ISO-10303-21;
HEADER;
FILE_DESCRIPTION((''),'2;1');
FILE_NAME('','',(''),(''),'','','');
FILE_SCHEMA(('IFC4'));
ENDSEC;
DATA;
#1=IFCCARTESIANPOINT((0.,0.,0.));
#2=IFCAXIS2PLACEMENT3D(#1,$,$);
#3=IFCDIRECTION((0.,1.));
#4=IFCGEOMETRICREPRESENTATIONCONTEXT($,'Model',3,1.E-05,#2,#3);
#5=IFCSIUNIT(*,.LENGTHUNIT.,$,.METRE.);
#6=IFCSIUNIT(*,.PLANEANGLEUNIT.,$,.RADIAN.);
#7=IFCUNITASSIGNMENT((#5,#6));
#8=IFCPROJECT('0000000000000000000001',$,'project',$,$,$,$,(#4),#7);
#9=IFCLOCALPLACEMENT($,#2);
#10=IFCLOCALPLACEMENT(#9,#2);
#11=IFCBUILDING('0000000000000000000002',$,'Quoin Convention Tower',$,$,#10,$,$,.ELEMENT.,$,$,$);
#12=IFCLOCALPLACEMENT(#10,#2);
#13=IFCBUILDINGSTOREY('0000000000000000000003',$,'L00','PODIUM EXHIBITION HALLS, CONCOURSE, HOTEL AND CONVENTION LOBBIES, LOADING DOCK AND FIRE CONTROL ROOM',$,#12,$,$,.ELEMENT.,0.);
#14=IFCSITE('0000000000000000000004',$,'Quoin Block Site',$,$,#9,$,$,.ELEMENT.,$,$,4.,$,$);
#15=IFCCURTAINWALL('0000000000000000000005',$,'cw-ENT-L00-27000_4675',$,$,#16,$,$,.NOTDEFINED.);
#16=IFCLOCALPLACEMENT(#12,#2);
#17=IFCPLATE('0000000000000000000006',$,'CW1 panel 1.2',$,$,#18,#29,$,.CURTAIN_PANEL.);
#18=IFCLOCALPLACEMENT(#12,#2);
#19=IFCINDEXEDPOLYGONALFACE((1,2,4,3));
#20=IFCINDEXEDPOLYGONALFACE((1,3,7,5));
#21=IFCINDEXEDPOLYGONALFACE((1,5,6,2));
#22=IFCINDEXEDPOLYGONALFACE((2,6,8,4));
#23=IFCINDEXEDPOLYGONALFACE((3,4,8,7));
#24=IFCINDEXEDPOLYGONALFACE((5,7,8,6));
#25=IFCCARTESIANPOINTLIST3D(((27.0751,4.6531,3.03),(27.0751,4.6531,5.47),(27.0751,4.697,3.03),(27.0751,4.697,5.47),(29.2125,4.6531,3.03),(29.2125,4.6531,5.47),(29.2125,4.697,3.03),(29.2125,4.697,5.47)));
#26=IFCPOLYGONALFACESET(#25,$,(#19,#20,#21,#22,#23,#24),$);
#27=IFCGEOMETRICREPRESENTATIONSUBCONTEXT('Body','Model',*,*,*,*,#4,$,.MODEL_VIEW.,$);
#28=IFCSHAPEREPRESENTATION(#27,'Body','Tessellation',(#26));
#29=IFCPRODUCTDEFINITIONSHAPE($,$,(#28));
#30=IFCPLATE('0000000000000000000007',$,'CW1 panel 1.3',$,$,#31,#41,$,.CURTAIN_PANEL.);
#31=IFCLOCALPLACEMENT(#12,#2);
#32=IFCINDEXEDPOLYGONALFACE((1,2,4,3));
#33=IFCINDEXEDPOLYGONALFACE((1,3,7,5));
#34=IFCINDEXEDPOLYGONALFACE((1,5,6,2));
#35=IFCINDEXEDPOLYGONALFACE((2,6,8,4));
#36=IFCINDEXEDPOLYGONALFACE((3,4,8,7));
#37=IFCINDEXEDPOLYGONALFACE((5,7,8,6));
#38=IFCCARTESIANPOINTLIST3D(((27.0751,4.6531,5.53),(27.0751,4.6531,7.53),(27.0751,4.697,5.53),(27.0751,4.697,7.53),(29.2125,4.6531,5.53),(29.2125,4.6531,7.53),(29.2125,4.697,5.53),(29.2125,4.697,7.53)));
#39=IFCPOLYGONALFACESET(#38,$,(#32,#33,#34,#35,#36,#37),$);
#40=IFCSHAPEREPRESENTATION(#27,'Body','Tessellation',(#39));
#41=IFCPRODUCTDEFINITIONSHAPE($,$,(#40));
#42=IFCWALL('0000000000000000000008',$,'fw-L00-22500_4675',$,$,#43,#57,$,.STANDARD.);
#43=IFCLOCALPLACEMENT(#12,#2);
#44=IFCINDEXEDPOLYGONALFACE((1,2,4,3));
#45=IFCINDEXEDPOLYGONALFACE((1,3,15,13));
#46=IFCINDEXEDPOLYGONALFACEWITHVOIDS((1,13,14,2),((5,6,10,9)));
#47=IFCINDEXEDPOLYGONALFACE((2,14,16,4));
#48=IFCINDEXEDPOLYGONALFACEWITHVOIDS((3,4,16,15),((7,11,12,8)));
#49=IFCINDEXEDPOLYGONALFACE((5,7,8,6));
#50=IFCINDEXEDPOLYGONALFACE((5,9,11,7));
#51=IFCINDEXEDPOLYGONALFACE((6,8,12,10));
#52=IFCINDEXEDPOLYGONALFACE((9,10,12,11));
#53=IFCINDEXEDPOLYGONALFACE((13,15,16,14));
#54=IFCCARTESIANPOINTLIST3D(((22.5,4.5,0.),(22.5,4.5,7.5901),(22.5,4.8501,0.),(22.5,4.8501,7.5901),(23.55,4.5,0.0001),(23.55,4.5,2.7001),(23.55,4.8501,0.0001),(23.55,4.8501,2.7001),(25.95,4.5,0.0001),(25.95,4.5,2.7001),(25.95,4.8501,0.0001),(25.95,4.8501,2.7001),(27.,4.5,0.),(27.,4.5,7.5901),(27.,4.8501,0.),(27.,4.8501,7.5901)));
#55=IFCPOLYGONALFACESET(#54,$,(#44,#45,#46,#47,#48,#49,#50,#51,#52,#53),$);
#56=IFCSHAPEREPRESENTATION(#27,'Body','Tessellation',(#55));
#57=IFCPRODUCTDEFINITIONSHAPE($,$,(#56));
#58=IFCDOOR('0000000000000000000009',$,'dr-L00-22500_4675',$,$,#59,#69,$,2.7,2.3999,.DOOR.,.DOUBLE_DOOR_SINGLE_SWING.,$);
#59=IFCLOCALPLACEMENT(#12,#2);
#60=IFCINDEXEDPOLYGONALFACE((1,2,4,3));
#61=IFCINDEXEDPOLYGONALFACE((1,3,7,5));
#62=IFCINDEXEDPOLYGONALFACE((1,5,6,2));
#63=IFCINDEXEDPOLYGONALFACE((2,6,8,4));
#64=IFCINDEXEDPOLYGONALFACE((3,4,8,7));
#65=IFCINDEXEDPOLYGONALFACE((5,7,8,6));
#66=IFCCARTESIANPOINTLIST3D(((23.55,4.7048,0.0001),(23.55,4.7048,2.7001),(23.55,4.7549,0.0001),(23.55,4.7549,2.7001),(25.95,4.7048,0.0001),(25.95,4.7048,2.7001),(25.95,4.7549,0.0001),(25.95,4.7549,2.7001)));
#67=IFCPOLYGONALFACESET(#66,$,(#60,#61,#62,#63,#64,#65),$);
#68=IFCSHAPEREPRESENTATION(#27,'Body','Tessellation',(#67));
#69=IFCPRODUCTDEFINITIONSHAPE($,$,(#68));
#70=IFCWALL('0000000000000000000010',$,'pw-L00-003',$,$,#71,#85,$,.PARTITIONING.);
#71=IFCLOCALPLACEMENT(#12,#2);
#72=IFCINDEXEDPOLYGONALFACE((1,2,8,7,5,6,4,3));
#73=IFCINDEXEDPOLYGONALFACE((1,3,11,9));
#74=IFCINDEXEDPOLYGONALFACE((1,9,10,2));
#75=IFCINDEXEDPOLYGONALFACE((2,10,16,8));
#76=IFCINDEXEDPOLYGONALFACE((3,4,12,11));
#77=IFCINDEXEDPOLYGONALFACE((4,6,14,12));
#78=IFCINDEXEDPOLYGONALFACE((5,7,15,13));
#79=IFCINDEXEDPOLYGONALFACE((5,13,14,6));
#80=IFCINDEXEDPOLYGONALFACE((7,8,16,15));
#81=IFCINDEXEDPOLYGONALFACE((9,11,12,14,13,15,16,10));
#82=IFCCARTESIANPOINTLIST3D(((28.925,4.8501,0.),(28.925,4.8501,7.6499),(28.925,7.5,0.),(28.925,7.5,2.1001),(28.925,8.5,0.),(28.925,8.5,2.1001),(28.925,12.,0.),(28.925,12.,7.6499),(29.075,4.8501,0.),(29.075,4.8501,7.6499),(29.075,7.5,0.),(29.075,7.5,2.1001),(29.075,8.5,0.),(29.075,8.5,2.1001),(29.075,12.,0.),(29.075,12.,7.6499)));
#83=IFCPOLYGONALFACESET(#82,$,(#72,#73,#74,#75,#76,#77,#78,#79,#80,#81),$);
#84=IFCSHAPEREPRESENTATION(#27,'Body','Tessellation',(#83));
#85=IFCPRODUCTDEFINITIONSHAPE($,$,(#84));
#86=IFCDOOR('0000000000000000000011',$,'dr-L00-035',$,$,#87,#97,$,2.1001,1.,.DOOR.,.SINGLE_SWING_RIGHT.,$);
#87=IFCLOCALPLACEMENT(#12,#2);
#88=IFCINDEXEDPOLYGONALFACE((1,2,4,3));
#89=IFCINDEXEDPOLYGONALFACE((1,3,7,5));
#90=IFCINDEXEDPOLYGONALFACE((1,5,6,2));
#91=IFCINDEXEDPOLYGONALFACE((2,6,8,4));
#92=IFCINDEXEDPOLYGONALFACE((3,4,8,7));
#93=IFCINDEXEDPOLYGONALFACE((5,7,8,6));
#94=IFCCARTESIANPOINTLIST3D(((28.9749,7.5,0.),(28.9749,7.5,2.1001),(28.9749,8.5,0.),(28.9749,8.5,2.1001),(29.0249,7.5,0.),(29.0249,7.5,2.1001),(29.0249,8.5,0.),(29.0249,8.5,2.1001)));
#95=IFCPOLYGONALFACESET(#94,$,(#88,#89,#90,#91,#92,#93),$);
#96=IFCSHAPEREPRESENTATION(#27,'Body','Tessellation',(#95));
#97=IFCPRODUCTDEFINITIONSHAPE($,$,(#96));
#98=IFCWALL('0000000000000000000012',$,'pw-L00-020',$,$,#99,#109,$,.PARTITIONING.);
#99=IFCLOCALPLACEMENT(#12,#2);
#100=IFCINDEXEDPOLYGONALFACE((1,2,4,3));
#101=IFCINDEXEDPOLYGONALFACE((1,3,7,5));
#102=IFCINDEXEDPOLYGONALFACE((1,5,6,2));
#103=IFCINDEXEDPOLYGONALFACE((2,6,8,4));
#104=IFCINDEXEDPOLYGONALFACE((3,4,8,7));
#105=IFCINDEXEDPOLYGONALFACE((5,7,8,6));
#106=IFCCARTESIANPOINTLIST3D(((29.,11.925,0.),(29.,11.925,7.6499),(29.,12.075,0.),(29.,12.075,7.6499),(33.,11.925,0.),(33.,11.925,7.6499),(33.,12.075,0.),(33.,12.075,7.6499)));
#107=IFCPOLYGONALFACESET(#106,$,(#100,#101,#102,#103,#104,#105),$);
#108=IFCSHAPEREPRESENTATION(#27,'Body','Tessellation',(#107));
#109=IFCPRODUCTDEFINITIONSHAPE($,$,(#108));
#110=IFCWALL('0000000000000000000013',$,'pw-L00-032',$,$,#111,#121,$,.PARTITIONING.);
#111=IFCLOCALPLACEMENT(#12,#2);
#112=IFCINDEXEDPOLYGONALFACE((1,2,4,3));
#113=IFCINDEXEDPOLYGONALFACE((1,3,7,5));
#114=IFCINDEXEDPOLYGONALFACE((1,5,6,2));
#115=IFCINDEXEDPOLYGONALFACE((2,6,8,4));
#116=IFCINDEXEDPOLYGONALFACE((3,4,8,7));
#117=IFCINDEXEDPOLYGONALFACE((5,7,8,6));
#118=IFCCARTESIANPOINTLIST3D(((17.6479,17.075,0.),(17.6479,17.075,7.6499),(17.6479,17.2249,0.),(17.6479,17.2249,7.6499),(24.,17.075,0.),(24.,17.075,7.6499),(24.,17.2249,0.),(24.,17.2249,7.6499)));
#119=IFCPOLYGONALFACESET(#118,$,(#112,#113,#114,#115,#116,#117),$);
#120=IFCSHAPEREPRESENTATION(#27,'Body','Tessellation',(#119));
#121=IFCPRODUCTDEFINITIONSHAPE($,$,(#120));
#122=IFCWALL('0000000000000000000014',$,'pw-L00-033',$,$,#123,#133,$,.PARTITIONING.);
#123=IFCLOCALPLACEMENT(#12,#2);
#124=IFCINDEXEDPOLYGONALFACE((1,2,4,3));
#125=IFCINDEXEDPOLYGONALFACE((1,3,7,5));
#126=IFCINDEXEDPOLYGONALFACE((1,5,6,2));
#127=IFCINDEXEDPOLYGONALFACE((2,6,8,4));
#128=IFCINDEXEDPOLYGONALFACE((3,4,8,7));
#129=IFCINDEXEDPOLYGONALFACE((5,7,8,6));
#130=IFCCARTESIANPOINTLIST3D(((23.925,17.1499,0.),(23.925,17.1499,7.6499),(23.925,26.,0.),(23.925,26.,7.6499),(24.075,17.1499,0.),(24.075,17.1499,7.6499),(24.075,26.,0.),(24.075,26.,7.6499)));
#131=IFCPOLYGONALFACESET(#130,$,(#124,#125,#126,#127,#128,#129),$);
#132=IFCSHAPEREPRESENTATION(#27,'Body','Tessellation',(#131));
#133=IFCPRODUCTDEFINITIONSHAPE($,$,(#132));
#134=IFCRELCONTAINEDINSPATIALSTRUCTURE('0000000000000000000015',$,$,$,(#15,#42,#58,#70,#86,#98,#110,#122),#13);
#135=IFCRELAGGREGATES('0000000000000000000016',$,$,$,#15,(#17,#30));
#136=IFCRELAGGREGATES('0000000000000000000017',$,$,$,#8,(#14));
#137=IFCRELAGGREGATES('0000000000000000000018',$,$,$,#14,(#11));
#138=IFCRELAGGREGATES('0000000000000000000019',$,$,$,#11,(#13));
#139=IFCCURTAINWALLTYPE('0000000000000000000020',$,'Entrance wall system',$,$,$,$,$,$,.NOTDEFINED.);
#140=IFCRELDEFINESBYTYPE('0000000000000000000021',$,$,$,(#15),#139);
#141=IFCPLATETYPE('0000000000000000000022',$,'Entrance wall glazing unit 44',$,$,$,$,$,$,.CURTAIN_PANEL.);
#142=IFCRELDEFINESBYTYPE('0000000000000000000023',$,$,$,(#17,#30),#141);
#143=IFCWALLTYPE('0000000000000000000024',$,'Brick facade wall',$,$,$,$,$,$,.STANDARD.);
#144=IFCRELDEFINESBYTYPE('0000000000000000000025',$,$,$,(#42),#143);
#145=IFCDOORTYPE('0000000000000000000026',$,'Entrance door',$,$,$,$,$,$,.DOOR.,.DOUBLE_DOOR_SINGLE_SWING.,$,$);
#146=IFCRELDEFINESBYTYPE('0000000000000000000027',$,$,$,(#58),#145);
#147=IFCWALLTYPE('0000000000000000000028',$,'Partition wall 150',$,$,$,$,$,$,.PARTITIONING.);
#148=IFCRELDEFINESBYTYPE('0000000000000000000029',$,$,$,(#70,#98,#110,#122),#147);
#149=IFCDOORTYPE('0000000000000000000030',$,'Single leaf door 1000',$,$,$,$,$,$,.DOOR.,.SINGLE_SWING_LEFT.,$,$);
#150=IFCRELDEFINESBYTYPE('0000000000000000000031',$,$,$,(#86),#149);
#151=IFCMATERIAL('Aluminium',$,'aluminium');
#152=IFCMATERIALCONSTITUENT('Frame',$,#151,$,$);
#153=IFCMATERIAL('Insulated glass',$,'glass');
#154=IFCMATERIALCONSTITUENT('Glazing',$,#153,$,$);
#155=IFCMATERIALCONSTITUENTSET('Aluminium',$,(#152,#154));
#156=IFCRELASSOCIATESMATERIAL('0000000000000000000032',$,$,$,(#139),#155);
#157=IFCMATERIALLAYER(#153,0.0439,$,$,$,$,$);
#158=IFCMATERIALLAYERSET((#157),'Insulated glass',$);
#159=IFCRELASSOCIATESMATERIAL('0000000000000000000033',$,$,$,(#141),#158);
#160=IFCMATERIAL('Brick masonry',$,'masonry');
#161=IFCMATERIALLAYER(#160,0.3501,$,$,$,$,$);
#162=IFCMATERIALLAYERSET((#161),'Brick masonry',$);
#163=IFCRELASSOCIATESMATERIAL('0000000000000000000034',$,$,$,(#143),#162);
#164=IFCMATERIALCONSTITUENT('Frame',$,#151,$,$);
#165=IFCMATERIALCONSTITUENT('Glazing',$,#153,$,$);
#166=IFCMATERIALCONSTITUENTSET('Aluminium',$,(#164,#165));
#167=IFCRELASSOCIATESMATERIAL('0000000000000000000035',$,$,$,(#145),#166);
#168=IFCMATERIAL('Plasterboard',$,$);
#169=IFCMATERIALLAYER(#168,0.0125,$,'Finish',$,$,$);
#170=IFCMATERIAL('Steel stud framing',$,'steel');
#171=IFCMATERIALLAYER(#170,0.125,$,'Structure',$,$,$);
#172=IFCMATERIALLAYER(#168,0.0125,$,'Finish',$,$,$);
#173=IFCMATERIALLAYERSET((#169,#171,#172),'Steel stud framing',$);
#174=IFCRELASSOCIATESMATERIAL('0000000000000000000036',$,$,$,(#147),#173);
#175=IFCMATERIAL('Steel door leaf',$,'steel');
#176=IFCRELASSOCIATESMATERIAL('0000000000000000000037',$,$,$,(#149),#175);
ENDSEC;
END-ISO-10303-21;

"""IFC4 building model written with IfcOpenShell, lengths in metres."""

from ifc_helpers import new_model, si_unit, direction, frame, frame_2d, origin, origin_2d, place, context, subcontext, project, spatial, rectangle, extrude, material, layer, layer_set, constituent, constituent_set, type_object, element, fill, aggregate, save


model = new_model("IFC4")

# Units and contexts
model_context = context("Model", 3, precision=1e-05, world=origin(), true_north=direction((0.0, 1.0)))
body_context = subcontext(model_context, "Body", "Model", "MODEL_VIEW")
ifc_project = project(units=[si_unit("LENGTHUNIT", "METRE"), si_unit("PLANEANGLEUNIT", "RADIAN")], contexts=[model_context])

# Site, building, storey
site_placement = place(None, origin())
site = spatial("IfcSite", under=ifc_project, at=site_placement, Name="Quoin Block Site", CompositionType="ELEMENT", RefElevation=4.0)
building_placement = place(site_placement, origin())
building = spatial("IfcBuilding", under=site, at=building_placement, Name="Quoin Convention Tower", CompositionType="ELEMENT")
storey_placement = place(building_placement, origin())
storey = spatial("IfcBuildingStorey", under=building, at=storey_placement, Name="L00", Description="PODIUM EXHIBITION HALLS, CONCOURSE, HOTEL AND CONVENTION LOBBIES, LOADING DOCK AND FIRE CONTROL ROOM", CompositionType="ELEMENT", Elevation=0.0)

# Curtain wall
ifc_material_1 = material(Name="Aluminium", Category="aluminium")
ifc_constituent_1 = constituent(ifc_material_1, Name="Frame")
ifc_material_2 = material(Name="Insulated glass", Category="glass")
ifc_constituent_2 = constituent(ifc_material_2, Name="Glazing")
ifc_constituent_set_1 = constituent_set(constituents=[ifc_constituent_1, ifc_constituent_2], Name="Aluminium")
curtain_wall_type = type_object("IfcCurtainWallType", Name="Entrance wall system", PredefinedType="NOTDEFINED", material=ifc_constituent_set_1)
curtain_wall_placement = place(storey_placement, origin())
curtain_wall = element("IfcCurtainWall", 1, at=curtain_wall_placement, inside=storey, type_object=curtain_wall_type, Name="cw-ENT-L00-27000_4675", PredefinedType="NOTDEFINED")

# Plates
ifc_layer_1 = layer(ifc_material_2, 0.0439)
ifc_layer_set_1 = layer_set([ifc_layer_1], Name="Insulated glass")
plate_type = type_object("IfcPlateType", Name="Entrance wall glazing unit 44", PredefinedType="CURTAIN_PANEL", material=ifc_layer_set_1)
plate_1_placement = place(storey_placement, frame((28.1438, 4.675, 3.03), z_axis=(0.0, 0.0, 1.0), x_axis=(1.0, 0.0, 0.0)))
plate_1 = element("IfcPlate", 2, at=plate_1_placement, type_object=plate_type, Name="CW1 panel 1.2", PredefinedType="CURTAIN_PANEL", context=body_context, shape_type="SweptSolid", body=[
    extrude(rectangle(XDim=2.1375, YDim=0.0439, at=origin_2d()), origin(), (0.0, 0.0, 1.0), 2.4399),
])
plate_2_placement = place(storey_placement, frame((28.1438, 4.675, 5.53), z_axis=(0.0, 0.0, 1.0), x_axis=(1.0, 0.0, 0.0)))
plate_2 = element("IfcPlate", 3, at=plate_2_placement, type_object=plate_type, Name="CW1 panel 1.3", PredefinedType="CURTAIN_PANEL", context=body_context, shape_type="SweptSolid", body=[
    extrude(rectangle(XDim=2.1375, YDim=0.0439, at=origin_2d()), origin(), (0.0, 0.0, 1.0), 2.0),
])
aggregate(curtain_wall, [plate_1, plate_2])

# Walls, openings, doors
ifc_material_3 = material(Name="Brick masonry", Category="masonry")
ifc_layer_2 = layer(ifc_material_3, 0.3501)
ifc_layer_set_2 = layer_set([ifc_layer_2], Name="Brick masonry")
wall_type_1 = type_object("IfcWallType", Name="Brick facade wall", PredefinedType="STANDARD", material=ifc_layer_set_2)
wall_1_placement = place(storey_placement, frame((22.5, 4.675, 0.0), z_axis=(0.0, 0.0, 1.0), x_axis=(1.0, 0.0, 0.0)))
wall_1 = element("IfcWall", 4, at=wall_1_placement, inside=storey, type_object=wall_type_1, Name="fw-L00-22500_4675", PredefinedType="STANDARD", context=body_context, shape_type="SweptSolid", body=[
    extrude(rectangle(XDim=4.5, YDim=0.3501, at=frame_2d((2.25, 0.0))), origin(), (0.0, 0.0, 1.0), 7.5901),
])
opening_1_placement = place(wall_1_placement, frame((1.05, 0.0, 0.0)))
opening_1 = element("IfcOpeningElement", 5, at=opening_1_placement, cuts=wall_1, PredefinedType="OPENING", context=body_context, shape_type="SweptSolid", body=[
    extrude(rectangle(XDim=2.3999, YDim=2.7, at=frame_2d((1.2, 1.3501))), frame((0.0, 0.1851, 0.0), z_axis=(0.0, -1.0, 0.0), x_axis=(1.0, 0.0, 0.0)), (0.0, 0.0, 1.0), 0.3701),
])
ifc_constituent_3 = constituent(ifc_material_1, Name="Frame")
ifc_constituent_4 = constituent(ifc_material_2, Name="Glazing")
ifc_constituent_set_2 = constituent_set(constituents=[ifc_constituent_3, ifc_constituent_4], Name="Aluminium")
door_type_1 = type_object("IfcDoorType", Name="Entrance door", OperationType="DOUBLE_DOOR_SINGLE_SWING", PredefinedType="DOOR", material=ifc_constituent_set_2)
door_1_placement = place(opening_1_placement, frame((2.3999, 0.0, 0.0), z_axis=(0.0, 0.0, 1.0), x_axis=(-1.0, 0.0, 0.0)))
door_1 = element("IfcDoor", 6, at=door_1_placement, inside=storey, type_object=door_type_1, Name="dr-L00-22500_4675", OperationType="DOUBLE_DOOR_SINGLE_SWING", OverallHeight=2.7, OverallWidth=2.3999, PredefinedType="DOOR", context=body_context, shape_type="SweptSolid", body=[
    extrude(rectangle(XDim=2.3999, YDim=2.7, at=frame_2d((1.2, 1.3501))), frame((0.0, -0.0298, 0.0), z_axis=(0.0, -1.0, 0.0), x_axis=(1.0, 0.0, 0.0)), (0.0, 0.0, 1.0), 0.05),
])
fill(opening_1, door_1)
ifc_material_4 = material(Name="Plasterboard")
ifc_layer_3 = layer(ifc_material_4, 0.0125, Name="Finish")
ifc_material_5 = material(Name="Steel stud framing", Category="steel")
ifc_layer_4 = layer(ifc_material_5, 0.125, Name="Structure")
ifc_layer_5 = layer(ifc_material_4, 0.0125, Name="Finish")
ifc_layer_set_3 = layer_set([ifc_layer_3, ifc_layer_4, ifc_layer_5], Name="Steel stud framing")
wall_type_2 = type_object("IfcWallType", Name="Partition wall 150", PredefinedType="PARTITIONING", material=ifc_layer_set_3)
wall_2_placement = place(storey_placement, frame((29.0, 4.8501, 0.0), z_axis=(0.0, 0.0, 1.0), x_axis=(0.0, 1.0, 0.0)))
wall_2 = element("IfcWall", 7, at=wall_2_placement, inside=storey, type_object=wall_type_2, Name="pw-L00-003", PredefinedType="PARTITIONING", context=body_context, shape_type="SweptSolid", body=[
    extrude(rectangle(XDim=7.1499, YDim=0.1499, at=frame_2d((3.575, 0.0))), origin(), (0.0, 0.0, 1.0), 7.6499),
])
opening_2_placement = place(wall_2_placement, frame((2.6499, 0.0, 0.0)))
opening_2 = element("IfcOpeningElement", 8, at=opening_2_placement, cuts=wall_2, PredefinedType="OPENING", context=body_context, shape_type="SweptSolid", body=[
    extrude(rectangle(XDim=1.0, YDim=2.1001, at=frame_2d((0.5, 1.05))), frame((0.0, 0.085, 0.0), z_axis=(0.0, -1.0, 0.0), x_axis=(1.0, 0.0, 0.0)), (0.0, 0.0, 1.0), 0.1699),
])
ifc_material_6 = material(Name="Steel door leaf", Category="steel")
door_type_2 = type_object("IfcDoorType", Name="Single leaf door 1000", OperationType="SINGLE_SWING_LEFT", PredefinedType="DOOR", material=ifc_material_6)
door_2_placement = place(opening_2_placement, frame((1.0, 0.0, 0.0), z_axis=(0.0, 0.0, 1.0), x_axis=(-1.0, 0.0, 0.0)))
door_2 = element("IfcDoor", 9, at=door_2_placement, inside=storey, type_object=door_type_2, Name="dr-L00-035", OperationType="SINGLE_SWING_RIGHT", OverallHeight=2.1001, OverallWidth=1.0, PredefinedType="DOOR", context=body_context, shape_type="SweptSolid", body=[
    extrude(rectangle(XDim=1.0, YDim=2.1001, at=frame_2d((0.5, 1.05))), frame((0.0, 0.0249, 0.0), z_axis=(0.0, -1.0, 0.0), x_axis=(1.0, 0.0, 0.0)), (0.0, 0.0, 1.0), 0.05),
])
fill(opening_2, door_2)

# Walls
wall_3_placement = place(storey_placement, frame((29.0, 12.0, 0.0), z_axis=(0.0, 0.0, 1.0), x_axis=(1.0, 0.0, 0.0)))
element("IfcWall", 10, at=wall_3_placement, inside=storey, type_object=wall_type_2, Name="pw-L00-020", PredefinedType="PARTITIONING", context=body_context, shape_type="SweptSolid", body=[
    extrude(rectangle(XDim=4.0, YDim=0.1499, at=frame_2d((2.0, 0.0))), origin(), (0.0, 0.0, 1.0), 7.6499),
])
wall_4_placement = place(storey_placement, frame((17.6479, 17.1499, 0.0), z_axis=(0.0, 0.0, 1.0), x_axis=(1.0, 0.0, 0.0)))
element("IfcWall", 11, at=wall_4_placement, inside=storey, type_object=wall_type_2, Name="pw-L00-032", PredefinedType="PARTITIONING", context=body_context, shape_type="SweptSolid", body=[
    extrude(rectangle(XDim=6.3521, YDim=0.1499, at=frame_2d((3.176, 0.0))), origin(), (0.0, 0.0, 1.0), 7.6499),
])
wall_5_placement = place(storey_placement, frame((24.0, 17.1499, 0.0), z_axis=(0.0, 0.0, 1.0), x_axis=(0.0, 1.0, 0.0)))
element("IfcWall", 12, at=wall_5_placement, inside=storey, type_object=wall_type_2, Name="pw-L00-033", PredefinedType="PARTITIONING", context=body_context, shape_type="SweptSolid", body=[
    extrude(rectangle(XDim=8.8501, YDim=0.1499, at=frame_2d((4.425, 0.0))), origin(), (0.0, 0.0, 1.0), 7.6499),
])

save(model, "model.ifc")
